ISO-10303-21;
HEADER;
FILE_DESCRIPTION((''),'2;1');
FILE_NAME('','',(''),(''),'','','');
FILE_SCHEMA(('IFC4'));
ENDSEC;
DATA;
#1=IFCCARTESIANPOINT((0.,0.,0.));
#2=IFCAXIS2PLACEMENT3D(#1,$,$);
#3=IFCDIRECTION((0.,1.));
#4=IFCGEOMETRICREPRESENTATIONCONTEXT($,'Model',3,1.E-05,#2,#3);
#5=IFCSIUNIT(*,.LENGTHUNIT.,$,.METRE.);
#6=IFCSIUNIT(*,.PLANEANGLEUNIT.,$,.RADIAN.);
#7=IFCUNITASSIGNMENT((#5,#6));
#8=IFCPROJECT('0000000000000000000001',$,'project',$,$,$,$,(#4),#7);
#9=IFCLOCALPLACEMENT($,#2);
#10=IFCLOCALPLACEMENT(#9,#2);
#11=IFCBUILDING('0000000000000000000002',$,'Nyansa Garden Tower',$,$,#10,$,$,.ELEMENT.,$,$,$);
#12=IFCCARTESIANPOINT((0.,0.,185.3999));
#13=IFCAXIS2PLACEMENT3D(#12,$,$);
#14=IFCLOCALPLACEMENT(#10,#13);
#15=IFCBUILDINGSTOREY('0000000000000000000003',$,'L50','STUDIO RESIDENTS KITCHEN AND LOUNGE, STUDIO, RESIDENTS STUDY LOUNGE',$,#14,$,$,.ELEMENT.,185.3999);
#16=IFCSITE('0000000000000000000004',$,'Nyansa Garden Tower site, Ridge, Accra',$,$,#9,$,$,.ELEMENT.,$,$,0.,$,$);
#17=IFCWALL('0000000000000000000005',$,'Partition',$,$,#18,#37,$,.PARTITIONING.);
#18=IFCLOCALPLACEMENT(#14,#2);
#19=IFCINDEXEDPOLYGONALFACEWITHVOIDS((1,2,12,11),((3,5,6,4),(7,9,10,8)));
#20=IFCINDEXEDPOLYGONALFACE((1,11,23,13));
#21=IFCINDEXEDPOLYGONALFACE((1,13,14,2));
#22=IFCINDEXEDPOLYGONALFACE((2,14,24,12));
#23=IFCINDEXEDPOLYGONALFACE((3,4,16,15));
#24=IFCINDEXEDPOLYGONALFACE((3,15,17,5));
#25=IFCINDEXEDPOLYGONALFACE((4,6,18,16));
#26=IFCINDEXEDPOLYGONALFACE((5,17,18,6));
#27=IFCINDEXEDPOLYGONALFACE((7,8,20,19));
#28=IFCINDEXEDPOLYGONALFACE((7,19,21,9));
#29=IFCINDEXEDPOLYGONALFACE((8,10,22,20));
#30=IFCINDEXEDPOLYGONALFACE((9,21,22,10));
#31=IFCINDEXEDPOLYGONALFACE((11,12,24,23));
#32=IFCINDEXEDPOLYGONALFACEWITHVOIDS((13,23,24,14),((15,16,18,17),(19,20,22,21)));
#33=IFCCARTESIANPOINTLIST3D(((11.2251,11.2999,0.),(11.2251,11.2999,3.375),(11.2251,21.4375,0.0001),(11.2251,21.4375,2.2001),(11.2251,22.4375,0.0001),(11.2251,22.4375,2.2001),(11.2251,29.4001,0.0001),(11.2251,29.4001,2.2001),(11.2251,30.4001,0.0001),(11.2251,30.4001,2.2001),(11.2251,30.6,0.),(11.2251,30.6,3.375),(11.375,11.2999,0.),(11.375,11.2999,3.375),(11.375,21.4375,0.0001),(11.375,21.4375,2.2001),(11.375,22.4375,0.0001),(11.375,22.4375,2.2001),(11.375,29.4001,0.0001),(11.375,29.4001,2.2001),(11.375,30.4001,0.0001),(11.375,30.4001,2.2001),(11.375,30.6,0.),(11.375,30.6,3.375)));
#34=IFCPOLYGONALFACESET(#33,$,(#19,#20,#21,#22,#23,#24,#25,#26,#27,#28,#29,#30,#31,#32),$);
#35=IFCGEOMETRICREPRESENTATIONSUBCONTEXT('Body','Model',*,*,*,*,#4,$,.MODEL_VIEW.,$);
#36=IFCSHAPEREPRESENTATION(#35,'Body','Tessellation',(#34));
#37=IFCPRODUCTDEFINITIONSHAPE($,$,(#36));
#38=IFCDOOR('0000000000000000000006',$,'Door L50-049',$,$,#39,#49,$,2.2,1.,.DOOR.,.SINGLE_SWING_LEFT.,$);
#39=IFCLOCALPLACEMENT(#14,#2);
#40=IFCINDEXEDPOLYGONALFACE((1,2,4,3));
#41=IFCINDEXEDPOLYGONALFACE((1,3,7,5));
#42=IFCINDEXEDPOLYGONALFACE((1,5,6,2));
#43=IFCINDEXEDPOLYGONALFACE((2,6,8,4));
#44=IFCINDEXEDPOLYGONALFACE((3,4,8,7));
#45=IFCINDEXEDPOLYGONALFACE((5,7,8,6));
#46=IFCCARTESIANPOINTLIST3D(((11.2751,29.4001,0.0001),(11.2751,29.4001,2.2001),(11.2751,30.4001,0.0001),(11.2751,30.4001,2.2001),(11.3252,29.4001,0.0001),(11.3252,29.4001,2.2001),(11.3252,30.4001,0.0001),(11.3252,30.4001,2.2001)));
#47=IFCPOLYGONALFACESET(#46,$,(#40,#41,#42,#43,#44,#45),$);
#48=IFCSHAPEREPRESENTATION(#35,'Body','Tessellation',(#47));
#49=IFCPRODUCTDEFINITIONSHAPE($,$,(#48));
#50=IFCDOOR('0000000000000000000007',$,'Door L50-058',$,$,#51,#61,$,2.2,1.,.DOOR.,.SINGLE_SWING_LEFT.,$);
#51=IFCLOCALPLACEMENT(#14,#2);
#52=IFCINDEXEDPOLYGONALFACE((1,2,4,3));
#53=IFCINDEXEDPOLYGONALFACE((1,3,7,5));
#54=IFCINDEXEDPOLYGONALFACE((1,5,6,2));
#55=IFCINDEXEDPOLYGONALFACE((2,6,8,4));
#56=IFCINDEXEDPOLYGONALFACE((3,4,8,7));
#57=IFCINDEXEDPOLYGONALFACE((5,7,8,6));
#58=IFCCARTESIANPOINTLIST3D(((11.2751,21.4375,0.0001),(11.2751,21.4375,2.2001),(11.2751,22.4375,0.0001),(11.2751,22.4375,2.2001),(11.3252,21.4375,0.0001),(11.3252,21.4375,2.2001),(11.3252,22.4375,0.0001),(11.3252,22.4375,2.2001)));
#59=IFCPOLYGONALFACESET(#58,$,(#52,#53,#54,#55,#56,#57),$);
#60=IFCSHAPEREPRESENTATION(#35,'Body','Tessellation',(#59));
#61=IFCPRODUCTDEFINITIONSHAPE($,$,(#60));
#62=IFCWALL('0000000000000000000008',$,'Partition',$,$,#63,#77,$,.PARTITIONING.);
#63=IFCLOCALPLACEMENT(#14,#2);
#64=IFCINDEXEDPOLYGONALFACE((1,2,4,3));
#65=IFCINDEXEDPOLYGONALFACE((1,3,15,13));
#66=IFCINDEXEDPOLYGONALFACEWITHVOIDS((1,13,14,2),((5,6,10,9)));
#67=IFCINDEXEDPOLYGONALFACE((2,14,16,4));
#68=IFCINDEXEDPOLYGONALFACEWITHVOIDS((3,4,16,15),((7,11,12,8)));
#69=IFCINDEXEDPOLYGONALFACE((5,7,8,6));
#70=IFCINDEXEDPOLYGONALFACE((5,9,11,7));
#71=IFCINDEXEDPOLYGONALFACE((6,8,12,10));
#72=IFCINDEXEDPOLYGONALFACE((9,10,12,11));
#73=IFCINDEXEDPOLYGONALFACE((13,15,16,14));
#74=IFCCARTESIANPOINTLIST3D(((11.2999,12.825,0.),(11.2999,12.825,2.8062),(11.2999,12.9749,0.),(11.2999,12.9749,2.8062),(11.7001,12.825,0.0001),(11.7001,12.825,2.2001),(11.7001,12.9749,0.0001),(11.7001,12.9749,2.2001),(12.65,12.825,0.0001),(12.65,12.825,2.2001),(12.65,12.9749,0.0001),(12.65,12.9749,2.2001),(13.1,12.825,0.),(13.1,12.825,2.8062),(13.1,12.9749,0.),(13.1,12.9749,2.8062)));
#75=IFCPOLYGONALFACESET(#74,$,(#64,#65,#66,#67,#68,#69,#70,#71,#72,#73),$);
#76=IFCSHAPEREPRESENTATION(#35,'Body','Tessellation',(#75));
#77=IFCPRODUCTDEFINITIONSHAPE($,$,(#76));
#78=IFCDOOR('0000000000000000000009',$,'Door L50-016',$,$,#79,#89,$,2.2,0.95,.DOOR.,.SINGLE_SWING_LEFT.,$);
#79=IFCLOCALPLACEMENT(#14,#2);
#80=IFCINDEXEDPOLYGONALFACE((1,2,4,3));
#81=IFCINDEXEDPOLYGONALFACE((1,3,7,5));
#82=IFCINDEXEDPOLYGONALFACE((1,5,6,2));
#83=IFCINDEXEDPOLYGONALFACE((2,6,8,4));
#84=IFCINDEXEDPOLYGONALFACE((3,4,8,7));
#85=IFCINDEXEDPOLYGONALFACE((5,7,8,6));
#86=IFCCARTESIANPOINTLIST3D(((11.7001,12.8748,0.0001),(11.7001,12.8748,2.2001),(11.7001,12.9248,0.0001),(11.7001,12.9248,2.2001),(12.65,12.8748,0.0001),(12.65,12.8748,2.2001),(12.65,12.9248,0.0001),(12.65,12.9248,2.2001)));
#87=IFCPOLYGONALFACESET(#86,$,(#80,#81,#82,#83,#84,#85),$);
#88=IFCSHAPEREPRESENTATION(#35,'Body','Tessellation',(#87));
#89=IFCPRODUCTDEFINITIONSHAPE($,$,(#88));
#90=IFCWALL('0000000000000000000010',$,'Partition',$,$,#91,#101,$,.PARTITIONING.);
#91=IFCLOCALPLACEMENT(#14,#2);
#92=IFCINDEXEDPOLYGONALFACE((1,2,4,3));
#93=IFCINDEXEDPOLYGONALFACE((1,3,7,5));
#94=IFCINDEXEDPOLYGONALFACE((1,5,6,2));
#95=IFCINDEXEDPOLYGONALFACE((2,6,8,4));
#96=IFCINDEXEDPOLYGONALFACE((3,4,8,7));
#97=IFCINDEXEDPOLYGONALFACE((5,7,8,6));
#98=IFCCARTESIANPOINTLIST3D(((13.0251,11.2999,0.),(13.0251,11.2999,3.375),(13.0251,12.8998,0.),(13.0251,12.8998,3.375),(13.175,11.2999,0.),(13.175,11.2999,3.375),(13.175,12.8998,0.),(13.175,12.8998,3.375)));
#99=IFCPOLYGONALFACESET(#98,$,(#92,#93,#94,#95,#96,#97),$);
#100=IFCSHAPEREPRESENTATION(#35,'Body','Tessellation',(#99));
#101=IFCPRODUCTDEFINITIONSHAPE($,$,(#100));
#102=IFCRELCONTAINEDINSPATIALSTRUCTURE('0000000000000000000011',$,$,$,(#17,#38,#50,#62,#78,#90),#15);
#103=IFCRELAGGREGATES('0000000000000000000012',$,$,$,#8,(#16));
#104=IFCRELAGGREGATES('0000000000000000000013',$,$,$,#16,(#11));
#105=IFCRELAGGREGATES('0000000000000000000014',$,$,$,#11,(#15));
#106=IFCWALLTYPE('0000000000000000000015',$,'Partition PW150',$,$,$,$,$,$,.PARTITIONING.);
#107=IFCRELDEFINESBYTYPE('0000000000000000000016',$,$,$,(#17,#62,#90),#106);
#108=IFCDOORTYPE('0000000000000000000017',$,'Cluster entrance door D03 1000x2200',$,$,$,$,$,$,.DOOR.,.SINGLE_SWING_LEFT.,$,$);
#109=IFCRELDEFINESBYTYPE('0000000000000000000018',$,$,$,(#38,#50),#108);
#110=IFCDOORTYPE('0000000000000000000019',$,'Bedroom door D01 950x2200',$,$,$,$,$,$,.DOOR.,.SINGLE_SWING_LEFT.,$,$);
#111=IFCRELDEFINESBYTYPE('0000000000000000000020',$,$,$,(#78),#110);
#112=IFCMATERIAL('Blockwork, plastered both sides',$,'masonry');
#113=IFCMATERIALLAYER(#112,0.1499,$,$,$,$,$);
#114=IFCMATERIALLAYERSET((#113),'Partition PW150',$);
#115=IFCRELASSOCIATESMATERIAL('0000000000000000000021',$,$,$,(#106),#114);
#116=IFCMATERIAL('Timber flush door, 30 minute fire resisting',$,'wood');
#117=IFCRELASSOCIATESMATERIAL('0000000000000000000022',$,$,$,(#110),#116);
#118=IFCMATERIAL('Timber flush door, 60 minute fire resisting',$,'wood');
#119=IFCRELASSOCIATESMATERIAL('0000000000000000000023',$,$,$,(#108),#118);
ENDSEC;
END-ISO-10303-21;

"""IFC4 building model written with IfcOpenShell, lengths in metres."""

from ifc_helpers import new_model, si_unit, direction, frame, frame_2d, origin, place, context, subcontext, project, spatial, rectangle, extrude, material, layer, layer_set, type_object, element, fill, save


model = new_model("IFC4")

# Units and contexts
model_context = context("Model", 3, precision=1e-05, world=origin(), true_north=direction((0.0, 1.0)))
body_context = subcontext(model_context, "Body", "Model", "MODEL_VIEW")
ifc_project = project(units=[si_unit("LENGTHUNIT", "METRE"), si_unit("PLANEANGLEUNIT", "RADIAN")], contexts=[model_context])

# Site, building, storey
site_placement = place(None, origin())
site = spatial("IfcSite", under=ifc_project, at=site_placement, Name="Nyansa Garden Tower site, Ridge, Accra", CompositionType="ELEMENT", RefElevation=0.0)
building_placement = place(site_placement, origin())
building = spatial("IfcBuilding", under=site, at=building_placement, Name="Nyansa Garden Tower", CompositionType="ELEMENT")
storey_placement = place(building_placement, frame((0.0, 0.0, 185.3999)))
storey = spatial("IfcBuildingStorey", under=building, at=storey_placement, Name="L50", Description="STUDIO RESIDENTS KITCHEN AND LOUNGE, STUDIO, RESIDENTS STUDY LOUNGE", CompositionType="ELEMENT", Elevation=185.3999)

# Shared definitions
ifc_material_1 = material(Name="Blockwork, plastered both sides", Category="masonry")
ifc_layer = layer(ifc_material_1, 0.1499)
ifc_layer_set = layer_set([ifc_layer], Name="Partition PW150")
wall_type = type_object("IfcWallType", Name="Partition PW150", PredefinedType="PARTITIONING", material=ifc_layer_set)

# Wall, openings, doors
ifc_material_2 = material(Name="Timber flush door, 30 minute fire resisting", Category="wood")
door_type_1 = type_object("IfcDoorType", Name="Bedroom door D01 950x2200", OperationType="SINGLE_SWING_LEFT", PredefinedType="DOOR", material=ifc_material_2)
ifc_material_3 = material(Name="Timber flush door, 60 minute fire resisting", Category="wood")
door_type_2 = type_object("IfcDoorType", Name="Cluster entrance door D03 1000x2200", OperationType="SINGLE_SWING_LEFT", PredefinedType="DOOR", material=ifc_material_3)
wall_1_placement = place(storey_placement, frame((11.3, 11.3, 0.0), z_axis=(0.0, 0.0, 1.0), x_axis=(0.0, 1.0, 0.0)))
wall_1 = element("IfcWall", 1, at=wall_1_placement, inside=storey, type_object=wall_type, Name="Partition", PredefinedType="PARTITIONING", context=body_context, shape_type="SweptSolid", body=[
    extrude(rectangle(XDim=19.3, YDim=0.1499, at=frame_2d((9.6499, 0.0))), origin(), (0.0, 0.0, 1.0), 3.375),
])
opening_1_placement = place(wall_1_placement, frame((18.1001, 0.0, 0.0)))
opening_1 = element("IfcOpeningElement", 2, at=opening_1_placement, cuts=wall_1, PredefinedType="OPENING", context=body_context, shape_type="SweptSolid", body=[
    extrude(rectangle(XDim=1.0, YDim=2.2, at=frame_2d((0.5, 1.1001))), frame((0.0, 0.085, 0.0), z_axis=(0.0, -1.0, 0.0), x_axis=(1.0, 0.0, 0.0)), (0.0, 0.0, 1.0), 0.1699),
])
opening_2_placement = place(wall_1_placement, frame((10.1375, 0.0, 0.0)))
opening_2 = element("IfcOpeningElement", 3, at=opening_2_placement, cuts=wall_1, PredefinedType="OPENING", context=body_context, shape_type="SweptSolid", body=[
    extrude(rectangle(XDim=1.0, YDim=2.2, at=frame_2d((0.5, 1.1001))), frame((0.0, 0.085, 0.0), z_axis=(0.0, -1.0, 0.0), x_axis=(1.0, 0.0, 0.0)), (0.0, 0.0, 1.0), 0.1699),
])
door_1_placement = place(opening_1_placement, origin())
door_1 = element("IfcDoor", 4, at=door_1_placement, inside=storey, type_object=door_type_2, Name="Door L50-049", OperationType="SINGLE_SWING_LEFT", OverallHeight=2.2, OverallWidth=1.0, PredefinedType="DOOR", context=body_context, shape_type="SweptSolid", body=[
    extrude(rectangle(XDim=1.0, YDim=2.2, at=frame_2d((0.5, 1.1001))), frame((0.0, 0.0249, 0.0), z_axis=(0.0, -1.0, 0.0), x_axis=(1.0, 0.0, 0.0)), (0.0, 0.0, 1.0), 0.05),
])
fill(opening_1, door_1)
door_2_placement = place(opening_2_placement, origin())
door_2 = element("IfcDoor", 5, at=door_2_placement, inside=storey, type_object=door_type_2, Name="Door L50-058", OperationType="SINGLE_SWING_LEFT", OverallHeight=2.2, OverallWidth=1.0, PredefinedType="DOOR", context=body_context, shape_type="SweptSolid", body=[
    extrude(rectangle(XDim=1.0, YDim=2.2, at=frame_2d((0.5, 1.1001))), frame((0.0, 0.0249, 0.0), z_axis=(0.0, -1.0, 0.0), x_axis=(1.0, 0.0, 0.0)), (0.0, 0.0, 1.0), 0.05),
])
fill(opening_2, door_2)

# Wall, opening, door
wall_2_placement = place(storey_placement, frame((11.3, 12.8999, 0.0), z_axis=(0.0, 0.0, 1.0), x_axis=(1.0, 0.0, 0.0)))
wall_2 = element("IfcWall", 6, at=wall_2_placement, inside=storey, type_object=wall_type, Name="Partition", PredefinedType="PARTITIONING", context=body_context, shape_type="SweptSolid", body=[
    extrude(rectangle(XDim=1.8, YDim=0.1499, at=frame_2d((0.8999, 0.0))), origin(), (0.0, 0.0, 1.0), 2.8062),
])
opening_3_placement = place(wall_2_placement, frame((0.3999, 0.0, 0.0)))
opening_3 = element("IfcOpeningElement", 7, at=opening_3_placement, cuts=wall_2, PredefinedType="OPENING", context=body_context, shape_type="SweptSolid", body=[
    extrude(rectangle(XDim=0.95, YDim=2.2, at=frame_2d((0.4751, 1.1001))), frame((0.0, 0.085, 0.0), z_axis=(0.0, -1.0, 0.0), x_axis=(1.0, 0.0, 0.0)), (0.0, 0.0, 1.0), 0.1699),
])
door_3_placement = place(opening_3_placement, origin())
door_3 = element("IfcDoor", 8, at=door_3_placement, inside=storey, type_object=door_type_1, Name="Door L50-016", OperationType="SINGLE_SWING_LEFT", OverallHeight=2.2, OverallWidth=0.95, PredefinedType="DOOR", context=body_context, shape_type="SweptSolid", body=[
    extrude(rectangle(XDim=0.95, YDim=2.2, at=frame_2d((0.4751, 1.1001))), frame((0.0, 0.0249, 0.0), z_axis=(0.0, -1.0, 0.0), x_axis=(1.0, 0.0, 0.0)), (0.0, 0.0, 1.0), 0.05),
])
fill(opening_3, door_3)

# Wall
wall_3_placement = place(storey_placement, frame((13.1001, 11.3, 0.0), z_axis=(0.0, 0.0, 1.0), x_axis=(0.0, 1.0, 0.0)))
element("IfcWall", 9, at=wall_3_placement, inside=storey, type_object=wall_type, Name="Partition", PredefinedType="PARTITIONING", context=body_context, shape_type="SweptSolid", body=[
    extrude(rectangle(XDim=1.5999, YDim=0.1499, at=frame_2d((0.7998, 0.0))), origin(), (0.0, 0.0, 1.0), 3.375),
])

save(model, "model.ifc")
